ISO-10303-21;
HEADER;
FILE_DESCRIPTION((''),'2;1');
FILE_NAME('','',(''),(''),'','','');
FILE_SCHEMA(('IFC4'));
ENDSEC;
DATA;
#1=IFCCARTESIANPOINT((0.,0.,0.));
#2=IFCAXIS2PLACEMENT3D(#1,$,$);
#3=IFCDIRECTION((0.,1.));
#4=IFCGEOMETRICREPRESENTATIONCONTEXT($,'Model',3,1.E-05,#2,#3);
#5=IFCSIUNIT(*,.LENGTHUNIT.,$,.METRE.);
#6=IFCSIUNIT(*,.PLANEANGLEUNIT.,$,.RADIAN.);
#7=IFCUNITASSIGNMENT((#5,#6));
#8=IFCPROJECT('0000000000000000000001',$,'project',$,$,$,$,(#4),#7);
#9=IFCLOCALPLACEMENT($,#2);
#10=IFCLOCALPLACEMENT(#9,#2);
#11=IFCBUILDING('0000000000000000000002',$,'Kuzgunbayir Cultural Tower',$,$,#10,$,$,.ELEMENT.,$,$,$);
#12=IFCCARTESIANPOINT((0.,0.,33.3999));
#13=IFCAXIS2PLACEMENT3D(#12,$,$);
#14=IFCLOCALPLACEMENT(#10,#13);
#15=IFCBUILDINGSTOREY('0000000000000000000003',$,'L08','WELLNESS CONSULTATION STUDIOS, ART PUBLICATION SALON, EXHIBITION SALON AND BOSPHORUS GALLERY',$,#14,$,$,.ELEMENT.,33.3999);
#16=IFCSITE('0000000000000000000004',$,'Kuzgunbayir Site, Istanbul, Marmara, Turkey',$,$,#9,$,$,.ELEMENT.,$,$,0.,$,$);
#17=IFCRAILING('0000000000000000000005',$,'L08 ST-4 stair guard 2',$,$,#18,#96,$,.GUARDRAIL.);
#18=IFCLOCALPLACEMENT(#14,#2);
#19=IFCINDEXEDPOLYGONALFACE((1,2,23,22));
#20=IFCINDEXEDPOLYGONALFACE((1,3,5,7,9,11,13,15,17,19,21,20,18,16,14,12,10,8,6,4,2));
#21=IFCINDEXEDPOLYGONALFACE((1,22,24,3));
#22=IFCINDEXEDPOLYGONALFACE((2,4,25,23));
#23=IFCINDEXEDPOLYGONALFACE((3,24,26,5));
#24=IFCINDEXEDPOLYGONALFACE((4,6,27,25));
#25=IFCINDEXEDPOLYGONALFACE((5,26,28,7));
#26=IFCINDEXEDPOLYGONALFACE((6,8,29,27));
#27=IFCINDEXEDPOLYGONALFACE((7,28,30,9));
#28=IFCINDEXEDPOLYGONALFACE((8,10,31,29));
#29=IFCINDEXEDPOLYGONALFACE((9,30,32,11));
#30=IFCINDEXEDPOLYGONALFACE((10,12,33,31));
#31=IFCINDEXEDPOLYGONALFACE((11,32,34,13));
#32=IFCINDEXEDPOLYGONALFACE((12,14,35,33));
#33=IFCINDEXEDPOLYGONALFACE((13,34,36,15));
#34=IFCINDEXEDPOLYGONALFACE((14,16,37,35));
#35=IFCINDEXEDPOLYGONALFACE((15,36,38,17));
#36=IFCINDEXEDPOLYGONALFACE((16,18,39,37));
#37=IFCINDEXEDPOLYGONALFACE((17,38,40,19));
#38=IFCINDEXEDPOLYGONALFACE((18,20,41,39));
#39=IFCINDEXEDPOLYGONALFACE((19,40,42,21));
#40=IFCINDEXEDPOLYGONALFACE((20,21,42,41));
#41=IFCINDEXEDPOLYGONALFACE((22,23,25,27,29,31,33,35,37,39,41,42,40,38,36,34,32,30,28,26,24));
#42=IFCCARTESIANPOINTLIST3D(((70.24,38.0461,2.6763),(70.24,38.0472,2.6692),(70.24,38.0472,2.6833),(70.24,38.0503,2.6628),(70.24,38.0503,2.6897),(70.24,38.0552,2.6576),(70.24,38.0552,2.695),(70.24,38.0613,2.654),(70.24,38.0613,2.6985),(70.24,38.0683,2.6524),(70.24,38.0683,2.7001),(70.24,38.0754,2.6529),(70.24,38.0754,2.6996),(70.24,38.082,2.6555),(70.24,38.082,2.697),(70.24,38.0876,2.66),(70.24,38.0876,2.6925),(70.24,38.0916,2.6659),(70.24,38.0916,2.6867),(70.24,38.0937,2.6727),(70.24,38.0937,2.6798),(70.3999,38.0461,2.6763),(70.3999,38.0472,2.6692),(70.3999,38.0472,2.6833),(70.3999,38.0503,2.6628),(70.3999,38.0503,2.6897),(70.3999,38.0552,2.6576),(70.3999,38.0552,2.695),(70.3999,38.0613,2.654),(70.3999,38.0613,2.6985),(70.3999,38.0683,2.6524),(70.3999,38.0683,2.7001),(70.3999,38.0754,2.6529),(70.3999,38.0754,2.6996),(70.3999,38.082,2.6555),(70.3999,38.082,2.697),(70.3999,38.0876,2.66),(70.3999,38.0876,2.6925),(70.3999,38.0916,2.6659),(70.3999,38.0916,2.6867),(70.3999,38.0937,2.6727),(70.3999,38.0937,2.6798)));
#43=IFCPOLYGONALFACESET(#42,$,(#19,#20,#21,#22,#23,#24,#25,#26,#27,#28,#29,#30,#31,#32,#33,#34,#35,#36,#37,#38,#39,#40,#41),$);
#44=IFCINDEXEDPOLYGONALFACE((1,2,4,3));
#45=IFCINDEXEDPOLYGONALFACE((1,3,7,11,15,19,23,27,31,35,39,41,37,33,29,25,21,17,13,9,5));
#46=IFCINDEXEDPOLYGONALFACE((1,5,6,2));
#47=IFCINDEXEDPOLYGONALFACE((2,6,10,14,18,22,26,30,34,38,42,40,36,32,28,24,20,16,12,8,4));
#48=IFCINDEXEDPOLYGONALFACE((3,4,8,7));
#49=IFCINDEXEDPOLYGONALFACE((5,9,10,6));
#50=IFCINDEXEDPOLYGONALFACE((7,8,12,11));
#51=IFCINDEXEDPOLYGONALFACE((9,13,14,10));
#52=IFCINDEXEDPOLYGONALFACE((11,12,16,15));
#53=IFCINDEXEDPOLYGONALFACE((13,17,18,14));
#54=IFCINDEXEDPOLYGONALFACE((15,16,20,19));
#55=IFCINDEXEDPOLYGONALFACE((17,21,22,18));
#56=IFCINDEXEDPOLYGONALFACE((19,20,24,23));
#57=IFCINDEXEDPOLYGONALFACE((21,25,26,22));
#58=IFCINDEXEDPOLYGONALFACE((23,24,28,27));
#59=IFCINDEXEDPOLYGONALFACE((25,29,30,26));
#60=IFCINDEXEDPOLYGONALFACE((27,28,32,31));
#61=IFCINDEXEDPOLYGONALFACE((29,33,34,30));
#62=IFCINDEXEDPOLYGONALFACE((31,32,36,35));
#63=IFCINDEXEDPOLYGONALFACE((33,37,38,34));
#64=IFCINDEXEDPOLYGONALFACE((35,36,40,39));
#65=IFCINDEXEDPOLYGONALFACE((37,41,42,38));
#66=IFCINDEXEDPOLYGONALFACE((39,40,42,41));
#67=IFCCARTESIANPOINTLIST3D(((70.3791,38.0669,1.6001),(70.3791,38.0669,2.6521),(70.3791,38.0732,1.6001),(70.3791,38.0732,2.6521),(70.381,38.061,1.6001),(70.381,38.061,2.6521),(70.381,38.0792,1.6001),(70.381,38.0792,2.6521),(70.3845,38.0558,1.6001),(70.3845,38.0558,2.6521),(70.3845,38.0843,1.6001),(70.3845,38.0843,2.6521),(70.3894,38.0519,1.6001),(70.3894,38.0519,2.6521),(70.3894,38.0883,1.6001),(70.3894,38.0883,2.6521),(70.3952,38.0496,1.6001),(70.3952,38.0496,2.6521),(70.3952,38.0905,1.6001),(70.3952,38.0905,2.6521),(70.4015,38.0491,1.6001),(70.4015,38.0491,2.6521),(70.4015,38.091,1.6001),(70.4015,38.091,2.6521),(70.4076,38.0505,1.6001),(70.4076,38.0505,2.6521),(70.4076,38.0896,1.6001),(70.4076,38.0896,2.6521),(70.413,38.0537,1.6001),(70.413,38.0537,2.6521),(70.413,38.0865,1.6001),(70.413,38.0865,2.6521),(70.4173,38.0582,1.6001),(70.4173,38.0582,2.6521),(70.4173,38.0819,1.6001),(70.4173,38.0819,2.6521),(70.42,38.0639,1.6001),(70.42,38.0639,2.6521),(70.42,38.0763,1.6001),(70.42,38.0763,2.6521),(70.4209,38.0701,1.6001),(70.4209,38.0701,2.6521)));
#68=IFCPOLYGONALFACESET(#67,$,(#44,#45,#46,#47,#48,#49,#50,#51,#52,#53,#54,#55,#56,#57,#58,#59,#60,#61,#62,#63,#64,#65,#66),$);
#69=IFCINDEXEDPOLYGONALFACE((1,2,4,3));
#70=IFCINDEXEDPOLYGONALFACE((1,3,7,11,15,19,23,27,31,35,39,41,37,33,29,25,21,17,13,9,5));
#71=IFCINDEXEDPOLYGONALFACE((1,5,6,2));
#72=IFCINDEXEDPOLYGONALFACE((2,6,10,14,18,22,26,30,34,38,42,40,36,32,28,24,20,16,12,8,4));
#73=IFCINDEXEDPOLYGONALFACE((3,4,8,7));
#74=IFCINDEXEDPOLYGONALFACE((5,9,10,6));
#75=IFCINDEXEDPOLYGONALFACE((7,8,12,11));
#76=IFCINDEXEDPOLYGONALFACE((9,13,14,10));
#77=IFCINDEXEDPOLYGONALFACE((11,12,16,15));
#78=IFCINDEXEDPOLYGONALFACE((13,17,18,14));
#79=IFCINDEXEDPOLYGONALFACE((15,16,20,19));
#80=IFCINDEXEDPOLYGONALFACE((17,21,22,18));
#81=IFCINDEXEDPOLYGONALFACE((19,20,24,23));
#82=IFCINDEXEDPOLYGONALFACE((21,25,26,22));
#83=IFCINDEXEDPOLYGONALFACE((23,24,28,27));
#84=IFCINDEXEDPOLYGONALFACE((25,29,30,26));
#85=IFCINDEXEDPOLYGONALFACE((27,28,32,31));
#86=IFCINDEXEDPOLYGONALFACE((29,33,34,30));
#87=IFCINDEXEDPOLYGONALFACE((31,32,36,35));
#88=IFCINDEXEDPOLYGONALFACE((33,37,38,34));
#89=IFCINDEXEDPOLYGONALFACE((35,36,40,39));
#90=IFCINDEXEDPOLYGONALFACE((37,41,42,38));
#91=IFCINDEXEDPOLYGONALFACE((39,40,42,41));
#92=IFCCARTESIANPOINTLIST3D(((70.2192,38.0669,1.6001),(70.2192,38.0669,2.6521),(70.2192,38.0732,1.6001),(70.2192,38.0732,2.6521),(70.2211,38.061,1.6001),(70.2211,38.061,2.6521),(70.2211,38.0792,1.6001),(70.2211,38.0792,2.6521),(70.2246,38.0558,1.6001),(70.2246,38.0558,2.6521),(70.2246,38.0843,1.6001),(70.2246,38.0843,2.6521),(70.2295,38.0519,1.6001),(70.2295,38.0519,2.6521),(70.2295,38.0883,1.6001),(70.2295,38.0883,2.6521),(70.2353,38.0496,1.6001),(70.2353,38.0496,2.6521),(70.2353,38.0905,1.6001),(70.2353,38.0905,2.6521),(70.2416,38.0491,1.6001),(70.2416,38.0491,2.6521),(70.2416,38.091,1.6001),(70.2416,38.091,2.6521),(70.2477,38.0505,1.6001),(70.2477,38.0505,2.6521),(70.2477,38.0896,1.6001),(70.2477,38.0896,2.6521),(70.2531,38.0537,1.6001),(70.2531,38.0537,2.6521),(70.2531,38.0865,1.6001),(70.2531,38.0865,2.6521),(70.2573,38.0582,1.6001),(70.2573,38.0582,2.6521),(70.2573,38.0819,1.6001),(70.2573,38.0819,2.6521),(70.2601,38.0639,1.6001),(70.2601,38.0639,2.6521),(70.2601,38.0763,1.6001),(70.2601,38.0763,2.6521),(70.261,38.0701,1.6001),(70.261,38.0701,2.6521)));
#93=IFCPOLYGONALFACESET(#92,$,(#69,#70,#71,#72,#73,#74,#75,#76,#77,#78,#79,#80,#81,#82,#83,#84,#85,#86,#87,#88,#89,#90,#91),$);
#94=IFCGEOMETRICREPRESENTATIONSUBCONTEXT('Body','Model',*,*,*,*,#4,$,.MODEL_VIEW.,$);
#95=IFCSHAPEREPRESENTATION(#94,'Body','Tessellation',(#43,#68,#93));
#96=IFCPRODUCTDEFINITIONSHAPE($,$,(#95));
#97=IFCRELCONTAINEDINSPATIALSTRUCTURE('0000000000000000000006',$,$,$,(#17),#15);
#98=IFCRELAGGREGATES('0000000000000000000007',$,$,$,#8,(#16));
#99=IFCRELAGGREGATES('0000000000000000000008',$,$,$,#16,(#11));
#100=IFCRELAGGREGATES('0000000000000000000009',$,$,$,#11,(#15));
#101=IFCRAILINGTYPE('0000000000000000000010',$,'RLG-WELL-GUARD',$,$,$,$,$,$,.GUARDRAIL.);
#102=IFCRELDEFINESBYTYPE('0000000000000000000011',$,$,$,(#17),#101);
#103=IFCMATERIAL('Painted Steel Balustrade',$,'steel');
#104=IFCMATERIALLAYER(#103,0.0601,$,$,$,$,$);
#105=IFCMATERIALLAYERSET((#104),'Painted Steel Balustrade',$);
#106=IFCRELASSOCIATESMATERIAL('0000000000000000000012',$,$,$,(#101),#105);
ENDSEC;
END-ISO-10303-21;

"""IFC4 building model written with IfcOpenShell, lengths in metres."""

from ifc_helpers import new_model, si_unit, direction, frame, origin, origin_2d, place, context, subcontext, project, spatial, circle, extrude, material, layer, layer_set, type_object, element, save


model = new_model("IFC4")

# Units and contexts
model_context = context("Model", 3, precision=1e-05, world=origin(), true_north=direction((0.0, 1.0)))
body_context = subcontext(model_context, "Body", "Model", "MODEL_VIEW")
ifc_project = project(units=[si_unit("LENGTHUNIT", "METRE"), si_unit("PLANEANGLEUNIT", "RADIAN")], contexts=[model_context])

# Site, building, storey
site_placement = place(None, origin())
site = spatial("IfcSite", under=ifc_project, at=site_placement, Name="Kuzgunbayir Site, Istanbul, Marmara, Turkey", CompositionType="ELEMENT", RefElevation=0.0)
building_placement = place(site_placement, origin())
building = spatial("IfcBuilding", under=site, at=building_placement, Name="Kuzgunbayir Cultural Tower", CompositionType="ELEMENT")
storey_placement = place(building_placement, frame((0.0, 0.0, 33.3999)))
storey = spatial("IfcBuildingStorey", under=building, at=storey_placement, Name="L08", Description="WELLNESS CONSULTATION STUDIOS, ART PUBLICATION SALON, EXHIBITION SALON AND BOSPHORUS GALLERY", CompositionType="ELEMENT", Elevation=33.3999)

# Railing
ifc_material_1 = material(Name="Painted Steel Balustrade", Category="steel")
ifc_layer_1 = layer(ifc_material_1, 0.0601)
ifc_layer_set_1 = layer_set([ifc_layer_1], Name="Painted Steel Balustrade")
railing_type_1 = type_object("IfcRailingType", Name="RLG-WELL-GUARD", PredefinedType="GUARDRAIL", material=ifc_layer_set_1)
railing_1_placement = place(storey_placement, frame((70.3999, 38.0701, 1.6001)))
element("IfcRailing", 1, at=railing_1_placement, inside=storey, type_object=railing_type_1, Name="L08 ST-4 stair guard 2", PredefinedType="GUARDRAIL", context=body_context, shape_type="SweptSolid", body=[
    extrude(circle(Radius=0.0239, at=origin_2d()), frame((0.0, 0.0, 1.0762), z_axis=(-1.0, 0.0, 0.0), x_axis=(0.0, -1.0, 0.0)), (0.0, 0.0, 1.0), 0.1599),
    extrude(circle(Radius=0.021, at=origin_2d()), origin(), (0.0, 0.0, 1.0), 1.052),
    extrude(circle(Radius=0.021, at=origin_2d()), frame((-0.1599, 0.0, 0.0)), (0.0, 0.0, 1.0), 1.052),
])

save(model, "model.ifc")
